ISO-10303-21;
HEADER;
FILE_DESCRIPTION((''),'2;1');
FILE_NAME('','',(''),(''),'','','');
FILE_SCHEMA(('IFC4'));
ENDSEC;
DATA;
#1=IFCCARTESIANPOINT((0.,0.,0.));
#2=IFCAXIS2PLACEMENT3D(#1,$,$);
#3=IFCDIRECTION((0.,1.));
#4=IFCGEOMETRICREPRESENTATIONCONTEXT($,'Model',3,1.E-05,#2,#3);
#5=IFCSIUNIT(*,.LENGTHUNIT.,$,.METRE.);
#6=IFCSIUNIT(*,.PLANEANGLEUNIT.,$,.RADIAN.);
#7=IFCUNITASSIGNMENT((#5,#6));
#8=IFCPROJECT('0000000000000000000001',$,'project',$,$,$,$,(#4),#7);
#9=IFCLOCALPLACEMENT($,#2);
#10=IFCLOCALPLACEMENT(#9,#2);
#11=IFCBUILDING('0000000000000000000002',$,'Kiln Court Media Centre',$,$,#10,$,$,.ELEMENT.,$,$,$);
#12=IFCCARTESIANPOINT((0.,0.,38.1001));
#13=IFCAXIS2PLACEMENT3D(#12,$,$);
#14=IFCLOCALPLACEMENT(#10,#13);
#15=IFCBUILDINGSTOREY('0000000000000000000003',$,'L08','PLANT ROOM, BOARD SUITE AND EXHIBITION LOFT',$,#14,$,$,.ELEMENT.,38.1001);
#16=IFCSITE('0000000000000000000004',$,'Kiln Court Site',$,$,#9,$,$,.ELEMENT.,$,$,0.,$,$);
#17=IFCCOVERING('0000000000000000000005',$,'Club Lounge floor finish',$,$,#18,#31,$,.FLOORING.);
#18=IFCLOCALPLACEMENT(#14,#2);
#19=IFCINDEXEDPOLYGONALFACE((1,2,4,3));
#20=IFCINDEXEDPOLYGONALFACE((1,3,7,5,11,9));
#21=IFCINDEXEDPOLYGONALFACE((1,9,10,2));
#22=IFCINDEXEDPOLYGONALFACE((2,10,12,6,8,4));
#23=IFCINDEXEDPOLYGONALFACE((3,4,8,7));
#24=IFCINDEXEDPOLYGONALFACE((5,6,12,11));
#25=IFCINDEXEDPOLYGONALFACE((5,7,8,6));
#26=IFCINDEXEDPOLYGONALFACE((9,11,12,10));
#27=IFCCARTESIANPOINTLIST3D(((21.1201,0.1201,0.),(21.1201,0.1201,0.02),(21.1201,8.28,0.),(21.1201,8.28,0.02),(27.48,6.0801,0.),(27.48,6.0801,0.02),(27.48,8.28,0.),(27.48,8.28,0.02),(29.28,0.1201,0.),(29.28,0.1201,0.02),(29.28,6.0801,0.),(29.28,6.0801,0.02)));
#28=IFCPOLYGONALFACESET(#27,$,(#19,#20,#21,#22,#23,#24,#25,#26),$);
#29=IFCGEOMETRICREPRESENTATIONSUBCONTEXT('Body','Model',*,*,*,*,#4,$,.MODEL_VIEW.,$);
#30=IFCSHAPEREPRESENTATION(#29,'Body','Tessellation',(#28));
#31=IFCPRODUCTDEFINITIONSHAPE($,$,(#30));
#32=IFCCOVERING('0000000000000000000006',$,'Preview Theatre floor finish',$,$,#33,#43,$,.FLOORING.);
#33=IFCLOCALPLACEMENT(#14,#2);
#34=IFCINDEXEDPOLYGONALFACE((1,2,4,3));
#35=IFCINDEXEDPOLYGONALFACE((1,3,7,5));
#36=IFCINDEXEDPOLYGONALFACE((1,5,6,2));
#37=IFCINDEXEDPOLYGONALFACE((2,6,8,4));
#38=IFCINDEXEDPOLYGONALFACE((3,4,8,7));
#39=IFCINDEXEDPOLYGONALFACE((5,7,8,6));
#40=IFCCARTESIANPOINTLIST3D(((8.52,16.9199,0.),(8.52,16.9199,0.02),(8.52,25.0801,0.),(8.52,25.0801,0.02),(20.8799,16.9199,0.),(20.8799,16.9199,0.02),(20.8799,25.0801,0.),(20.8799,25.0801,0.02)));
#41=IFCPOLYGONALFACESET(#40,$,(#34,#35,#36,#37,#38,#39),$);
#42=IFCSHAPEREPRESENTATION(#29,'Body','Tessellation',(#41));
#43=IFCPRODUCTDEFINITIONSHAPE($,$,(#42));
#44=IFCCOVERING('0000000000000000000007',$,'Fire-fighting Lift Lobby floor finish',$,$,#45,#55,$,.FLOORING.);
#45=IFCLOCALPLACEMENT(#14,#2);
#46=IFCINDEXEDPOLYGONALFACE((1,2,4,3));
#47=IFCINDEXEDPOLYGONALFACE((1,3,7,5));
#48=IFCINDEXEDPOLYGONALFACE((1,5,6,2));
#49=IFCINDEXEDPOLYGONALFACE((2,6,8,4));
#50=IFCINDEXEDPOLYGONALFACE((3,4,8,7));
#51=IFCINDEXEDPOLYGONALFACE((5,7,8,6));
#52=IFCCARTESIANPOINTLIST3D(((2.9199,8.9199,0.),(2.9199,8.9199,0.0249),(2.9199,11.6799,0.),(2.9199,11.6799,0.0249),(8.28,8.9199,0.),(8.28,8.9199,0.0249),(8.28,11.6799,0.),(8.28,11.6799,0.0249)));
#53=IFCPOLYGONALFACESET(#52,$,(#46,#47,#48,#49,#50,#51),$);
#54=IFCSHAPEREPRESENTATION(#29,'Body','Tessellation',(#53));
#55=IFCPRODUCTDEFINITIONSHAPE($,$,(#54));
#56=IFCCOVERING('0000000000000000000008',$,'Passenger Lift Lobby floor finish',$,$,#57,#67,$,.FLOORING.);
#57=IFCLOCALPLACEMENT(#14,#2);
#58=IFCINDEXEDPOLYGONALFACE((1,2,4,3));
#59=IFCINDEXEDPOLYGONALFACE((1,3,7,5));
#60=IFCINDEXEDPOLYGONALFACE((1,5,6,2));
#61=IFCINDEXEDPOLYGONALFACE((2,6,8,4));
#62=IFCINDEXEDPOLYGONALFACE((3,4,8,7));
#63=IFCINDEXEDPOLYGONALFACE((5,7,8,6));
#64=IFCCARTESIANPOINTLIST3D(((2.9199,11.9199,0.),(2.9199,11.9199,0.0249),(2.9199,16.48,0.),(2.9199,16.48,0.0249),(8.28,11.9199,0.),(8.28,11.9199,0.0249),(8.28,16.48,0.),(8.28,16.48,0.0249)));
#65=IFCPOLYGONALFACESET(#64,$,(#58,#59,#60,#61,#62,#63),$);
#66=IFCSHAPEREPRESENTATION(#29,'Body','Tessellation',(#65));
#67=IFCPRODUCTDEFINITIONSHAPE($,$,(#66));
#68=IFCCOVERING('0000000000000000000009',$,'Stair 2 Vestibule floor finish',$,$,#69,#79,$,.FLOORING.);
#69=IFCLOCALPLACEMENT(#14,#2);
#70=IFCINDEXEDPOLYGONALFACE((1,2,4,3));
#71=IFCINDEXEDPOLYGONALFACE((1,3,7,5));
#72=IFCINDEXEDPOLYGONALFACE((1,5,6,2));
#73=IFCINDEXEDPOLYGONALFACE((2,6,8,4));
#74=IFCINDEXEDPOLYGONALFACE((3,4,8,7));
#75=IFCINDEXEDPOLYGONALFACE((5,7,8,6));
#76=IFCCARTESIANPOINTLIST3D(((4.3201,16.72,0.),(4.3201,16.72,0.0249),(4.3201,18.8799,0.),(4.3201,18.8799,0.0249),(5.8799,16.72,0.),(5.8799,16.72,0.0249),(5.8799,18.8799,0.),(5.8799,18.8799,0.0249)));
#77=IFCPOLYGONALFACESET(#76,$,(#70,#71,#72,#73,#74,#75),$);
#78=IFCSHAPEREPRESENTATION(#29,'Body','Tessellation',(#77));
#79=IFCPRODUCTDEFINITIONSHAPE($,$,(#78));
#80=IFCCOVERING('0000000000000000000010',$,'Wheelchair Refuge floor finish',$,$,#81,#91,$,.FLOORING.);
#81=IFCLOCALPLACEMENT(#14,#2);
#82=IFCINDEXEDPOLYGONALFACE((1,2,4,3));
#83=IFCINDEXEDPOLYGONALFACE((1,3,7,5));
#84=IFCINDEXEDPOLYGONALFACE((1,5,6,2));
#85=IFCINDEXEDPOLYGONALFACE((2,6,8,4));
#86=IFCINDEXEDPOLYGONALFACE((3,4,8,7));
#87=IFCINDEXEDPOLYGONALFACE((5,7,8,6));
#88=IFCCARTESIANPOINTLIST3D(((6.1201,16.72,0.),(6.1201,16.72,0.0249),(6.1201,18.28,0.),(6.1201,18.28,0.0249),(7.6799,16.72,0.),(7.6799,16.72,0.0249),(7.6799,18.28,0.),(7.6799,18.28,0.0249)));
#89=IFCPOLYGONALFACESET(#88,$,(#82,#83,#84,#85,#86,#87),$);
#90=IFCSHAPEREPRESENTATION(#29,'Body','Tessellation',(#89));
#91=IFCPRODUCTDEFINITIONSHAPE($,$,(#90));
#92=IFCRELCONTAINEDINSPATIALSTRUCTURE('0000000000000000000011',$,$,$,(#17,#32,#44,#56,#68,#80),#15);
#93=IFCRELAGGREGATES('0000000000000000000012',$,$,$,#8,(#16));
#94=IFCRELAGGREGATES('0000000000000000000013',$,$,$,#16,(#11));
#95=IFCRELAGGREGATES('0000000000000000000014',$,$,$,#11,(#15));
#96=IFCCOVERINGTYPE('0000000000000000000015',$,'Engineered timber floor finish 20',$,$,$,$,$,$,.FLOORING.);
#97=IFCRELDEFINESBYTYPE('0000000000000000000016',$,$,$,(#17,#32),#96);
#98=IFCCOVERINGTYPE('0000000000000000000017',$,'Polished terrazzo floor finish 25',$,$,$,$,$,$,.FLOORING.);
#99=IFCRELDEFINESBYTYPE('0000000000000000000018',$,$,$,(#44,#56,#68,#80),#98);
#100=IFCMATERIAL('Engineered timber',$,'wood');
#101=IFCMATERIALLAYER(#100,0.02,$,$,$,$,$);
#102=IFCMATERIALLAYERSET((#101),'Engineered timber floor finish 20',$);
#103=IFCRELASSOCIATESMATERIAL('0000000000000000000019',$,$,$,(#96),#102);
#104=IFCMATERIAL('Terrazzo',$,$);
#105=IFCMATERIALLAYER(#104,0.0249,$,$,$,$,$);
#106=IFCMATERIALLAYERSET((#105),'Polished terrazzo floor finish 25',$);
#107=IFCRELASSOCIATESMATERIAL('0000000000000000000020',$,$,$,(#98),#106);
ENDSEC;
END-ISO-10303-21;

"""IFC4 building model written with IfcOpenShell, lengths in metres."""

from ifc_helpers import new_model, si_unit, direction, frame, origin, place, context, subcontext, project, spatial, polyline, outline, extrude, material, layer, layer_set, type_object, element, save


model = new_model("IFC4")

# Units and contexts
model_context = context("Model", 3, precision=1e-05, world=origin(), true_north=direction((0.0, 1.0)))
body_context = subcontext(model_context, "Body", "Model", "MODEL_VIEW")
ifc_project = project(units=[si_unit("LENGTHUNIT", "METRE"), si_unit("PLANEANGLEUNIT", "RADIAN")], contexts=[model_context])

# Site, building, storey
site_placement = place(None, origin())
site = spatial("IfcSite", under=ifc_project, at=site_placement, Name="Kiln Court Site", CompositionType="ELEMENT", RefElevation=0.0)
building_placement = place(site_placement, origin())
building = spatial("IfcBuilding", under=site, at=building_placement, Name="Kiln Court Media Centre", CompositionType="ELEMENT")
storey_placement = place(building_placement, frame((0.0, 0.0, 38.1001)))
storey = spatial("IfcBuildingStorey", under=building, at=storey_placement, Name="L08", Description="PLANT ROOM, BOARD SUITE AND EXHIBITION LOFT", CompositionType="ELEMENT", Elevation=38.1001)

# Coverings
ifc_material_1 = material(Name="Engineered timber", Category="wood")
ifc_layer_1 = layer(ifc_material_1, 0.02)
ifc_layer_set_1 = layer_set([ifc_layer_1], Name="Engineered timber floor finish 20")
covering_type_1 = type_object("IfcCoveringType", Name="Engineered timber floor finish 20", PredefinedType="FLOORING", material=ifc_layer_set_1)
covering_1_placement = place(storey_placement, origin())
element("IfcCovering", 1, at=covering_1_placement, inside=storey, type_object=covering_type_1, Name="Club Lounge floor finish", PredefinedType="FLOORING", context=body_context, shape_type="SweptSolid", body=[
    extrude(outline(polyline([(29.28, 0.1201), (29.28, 6.0801), (27.48, 6.0801), (27.48, 8.28), (21.1201, 8.28), (21.1201, 0.1201), (29.28, 0.1201)])), origin(), (0.0, 0.0, 1.0), 0.02),
])
covering_2_placement = place(storey_placement, origin())
element("IfcCovering", 2, at=covering_2_placement, inside=storey, type_object=covering_type_1, Name="Preview Theatre floor finish", PredefinedType="FLOORING", context=body_context, shape_type="SweptSolid", body=[
    extrude(outline(polyline([(8.52, 16.9199), (20.8799, 16.9199), (20.8799, 25.0801), (8.52, 25.0801), (8.52, 16.9199)])), origin(), (0.0, 0.0, 1.0), 0.02),
])
ifc_material_2 = material(Name="Terrazzo")
ifc_layer_2 = layer(ifc_material_2, 0.0249)
ifc_layer_set_2 = layer_set([ifc_layer_2], Name="Polished terrazzo floor finish 25")
covering_type_2 = type_object("IfcCoveringType", Name="Polished terrazzo floor finish 25", PredefinedType="FLOORING", material=ifc_layer_set_2)
covering_3_placement = place(storey_placement, origin())
element("IfcCovering", 3, at=covering_3_placement, inside=storey, type_object=covering_type_2, Name="Fire-fighting Lift Lobby floor finish", PredefinedType="FLOORING", context=body_context, shape_type="SweptSolid", body=[
    extrude(outline(polyline([(2.9199, 8.9199), (8.28, 8.9199), (8.28, 11.6799), (2.9199, 11.6799), (2.9199, 8.9199)])), origin(), (0.0, 0.0, 1.0), 0.0249),
])
covering_4_placement = place(storey_placement, origin())
element("IfcCovering", 4, at=covering_4_placement, inside=storey, type_object=covering_type_2, Name="Passenger Lift Lobby floor finish", PredefinedType="FLOORING", context=body_context, shape_type="SweptSolid", body=[
    extrude(outline(polyline([(2.9199, 11.9199), (8.28, 11.9199), (8.28, 16.48), (2.9199, 16.48), (2.9199, 11.9199)])), origin(), (0.0, 0.0, 1.0), 0.0249),
])
covering_5_placement = place(storey_placement, origin())
element("IfcCovering", 5, at=covering_5_placement, inside=storey, type_object=covering_type_2, Name="Stair 2 Vestibule floor finish", PredefinedType="FLOORING", context=body_context, shape_type="SweptSolid", body=[
    extrude(outline(polyline([(4.3201, 16.72), (5.8799, 16.72), (5.8799, 18.8799), (4.3201, 18.8799), (4.3201, 16.72)])), origin(), (0.0, 0.0, 1.0), 0.0249),
])
covering_6_placement = place(storey_placement, origin())
element("IfcCovering", 6, at=covering_6_placement, inside=storey, type_object=covering_type_2, Name="Wheelchair Refuge floor finish", PredefinedType="FLOORING", context=body_context, shape_type="SweptSolid", body=[
    extrude(outline(polyline([(6.1201, 16.72), (7.6799, 16.72), (7.6799, 18.28), (6.1201, 18.28), (6.1201, 16.72)])), origin(), (0.0, 0.0, 1.0), 0.0249),
])

save(model, "model.ifc")
